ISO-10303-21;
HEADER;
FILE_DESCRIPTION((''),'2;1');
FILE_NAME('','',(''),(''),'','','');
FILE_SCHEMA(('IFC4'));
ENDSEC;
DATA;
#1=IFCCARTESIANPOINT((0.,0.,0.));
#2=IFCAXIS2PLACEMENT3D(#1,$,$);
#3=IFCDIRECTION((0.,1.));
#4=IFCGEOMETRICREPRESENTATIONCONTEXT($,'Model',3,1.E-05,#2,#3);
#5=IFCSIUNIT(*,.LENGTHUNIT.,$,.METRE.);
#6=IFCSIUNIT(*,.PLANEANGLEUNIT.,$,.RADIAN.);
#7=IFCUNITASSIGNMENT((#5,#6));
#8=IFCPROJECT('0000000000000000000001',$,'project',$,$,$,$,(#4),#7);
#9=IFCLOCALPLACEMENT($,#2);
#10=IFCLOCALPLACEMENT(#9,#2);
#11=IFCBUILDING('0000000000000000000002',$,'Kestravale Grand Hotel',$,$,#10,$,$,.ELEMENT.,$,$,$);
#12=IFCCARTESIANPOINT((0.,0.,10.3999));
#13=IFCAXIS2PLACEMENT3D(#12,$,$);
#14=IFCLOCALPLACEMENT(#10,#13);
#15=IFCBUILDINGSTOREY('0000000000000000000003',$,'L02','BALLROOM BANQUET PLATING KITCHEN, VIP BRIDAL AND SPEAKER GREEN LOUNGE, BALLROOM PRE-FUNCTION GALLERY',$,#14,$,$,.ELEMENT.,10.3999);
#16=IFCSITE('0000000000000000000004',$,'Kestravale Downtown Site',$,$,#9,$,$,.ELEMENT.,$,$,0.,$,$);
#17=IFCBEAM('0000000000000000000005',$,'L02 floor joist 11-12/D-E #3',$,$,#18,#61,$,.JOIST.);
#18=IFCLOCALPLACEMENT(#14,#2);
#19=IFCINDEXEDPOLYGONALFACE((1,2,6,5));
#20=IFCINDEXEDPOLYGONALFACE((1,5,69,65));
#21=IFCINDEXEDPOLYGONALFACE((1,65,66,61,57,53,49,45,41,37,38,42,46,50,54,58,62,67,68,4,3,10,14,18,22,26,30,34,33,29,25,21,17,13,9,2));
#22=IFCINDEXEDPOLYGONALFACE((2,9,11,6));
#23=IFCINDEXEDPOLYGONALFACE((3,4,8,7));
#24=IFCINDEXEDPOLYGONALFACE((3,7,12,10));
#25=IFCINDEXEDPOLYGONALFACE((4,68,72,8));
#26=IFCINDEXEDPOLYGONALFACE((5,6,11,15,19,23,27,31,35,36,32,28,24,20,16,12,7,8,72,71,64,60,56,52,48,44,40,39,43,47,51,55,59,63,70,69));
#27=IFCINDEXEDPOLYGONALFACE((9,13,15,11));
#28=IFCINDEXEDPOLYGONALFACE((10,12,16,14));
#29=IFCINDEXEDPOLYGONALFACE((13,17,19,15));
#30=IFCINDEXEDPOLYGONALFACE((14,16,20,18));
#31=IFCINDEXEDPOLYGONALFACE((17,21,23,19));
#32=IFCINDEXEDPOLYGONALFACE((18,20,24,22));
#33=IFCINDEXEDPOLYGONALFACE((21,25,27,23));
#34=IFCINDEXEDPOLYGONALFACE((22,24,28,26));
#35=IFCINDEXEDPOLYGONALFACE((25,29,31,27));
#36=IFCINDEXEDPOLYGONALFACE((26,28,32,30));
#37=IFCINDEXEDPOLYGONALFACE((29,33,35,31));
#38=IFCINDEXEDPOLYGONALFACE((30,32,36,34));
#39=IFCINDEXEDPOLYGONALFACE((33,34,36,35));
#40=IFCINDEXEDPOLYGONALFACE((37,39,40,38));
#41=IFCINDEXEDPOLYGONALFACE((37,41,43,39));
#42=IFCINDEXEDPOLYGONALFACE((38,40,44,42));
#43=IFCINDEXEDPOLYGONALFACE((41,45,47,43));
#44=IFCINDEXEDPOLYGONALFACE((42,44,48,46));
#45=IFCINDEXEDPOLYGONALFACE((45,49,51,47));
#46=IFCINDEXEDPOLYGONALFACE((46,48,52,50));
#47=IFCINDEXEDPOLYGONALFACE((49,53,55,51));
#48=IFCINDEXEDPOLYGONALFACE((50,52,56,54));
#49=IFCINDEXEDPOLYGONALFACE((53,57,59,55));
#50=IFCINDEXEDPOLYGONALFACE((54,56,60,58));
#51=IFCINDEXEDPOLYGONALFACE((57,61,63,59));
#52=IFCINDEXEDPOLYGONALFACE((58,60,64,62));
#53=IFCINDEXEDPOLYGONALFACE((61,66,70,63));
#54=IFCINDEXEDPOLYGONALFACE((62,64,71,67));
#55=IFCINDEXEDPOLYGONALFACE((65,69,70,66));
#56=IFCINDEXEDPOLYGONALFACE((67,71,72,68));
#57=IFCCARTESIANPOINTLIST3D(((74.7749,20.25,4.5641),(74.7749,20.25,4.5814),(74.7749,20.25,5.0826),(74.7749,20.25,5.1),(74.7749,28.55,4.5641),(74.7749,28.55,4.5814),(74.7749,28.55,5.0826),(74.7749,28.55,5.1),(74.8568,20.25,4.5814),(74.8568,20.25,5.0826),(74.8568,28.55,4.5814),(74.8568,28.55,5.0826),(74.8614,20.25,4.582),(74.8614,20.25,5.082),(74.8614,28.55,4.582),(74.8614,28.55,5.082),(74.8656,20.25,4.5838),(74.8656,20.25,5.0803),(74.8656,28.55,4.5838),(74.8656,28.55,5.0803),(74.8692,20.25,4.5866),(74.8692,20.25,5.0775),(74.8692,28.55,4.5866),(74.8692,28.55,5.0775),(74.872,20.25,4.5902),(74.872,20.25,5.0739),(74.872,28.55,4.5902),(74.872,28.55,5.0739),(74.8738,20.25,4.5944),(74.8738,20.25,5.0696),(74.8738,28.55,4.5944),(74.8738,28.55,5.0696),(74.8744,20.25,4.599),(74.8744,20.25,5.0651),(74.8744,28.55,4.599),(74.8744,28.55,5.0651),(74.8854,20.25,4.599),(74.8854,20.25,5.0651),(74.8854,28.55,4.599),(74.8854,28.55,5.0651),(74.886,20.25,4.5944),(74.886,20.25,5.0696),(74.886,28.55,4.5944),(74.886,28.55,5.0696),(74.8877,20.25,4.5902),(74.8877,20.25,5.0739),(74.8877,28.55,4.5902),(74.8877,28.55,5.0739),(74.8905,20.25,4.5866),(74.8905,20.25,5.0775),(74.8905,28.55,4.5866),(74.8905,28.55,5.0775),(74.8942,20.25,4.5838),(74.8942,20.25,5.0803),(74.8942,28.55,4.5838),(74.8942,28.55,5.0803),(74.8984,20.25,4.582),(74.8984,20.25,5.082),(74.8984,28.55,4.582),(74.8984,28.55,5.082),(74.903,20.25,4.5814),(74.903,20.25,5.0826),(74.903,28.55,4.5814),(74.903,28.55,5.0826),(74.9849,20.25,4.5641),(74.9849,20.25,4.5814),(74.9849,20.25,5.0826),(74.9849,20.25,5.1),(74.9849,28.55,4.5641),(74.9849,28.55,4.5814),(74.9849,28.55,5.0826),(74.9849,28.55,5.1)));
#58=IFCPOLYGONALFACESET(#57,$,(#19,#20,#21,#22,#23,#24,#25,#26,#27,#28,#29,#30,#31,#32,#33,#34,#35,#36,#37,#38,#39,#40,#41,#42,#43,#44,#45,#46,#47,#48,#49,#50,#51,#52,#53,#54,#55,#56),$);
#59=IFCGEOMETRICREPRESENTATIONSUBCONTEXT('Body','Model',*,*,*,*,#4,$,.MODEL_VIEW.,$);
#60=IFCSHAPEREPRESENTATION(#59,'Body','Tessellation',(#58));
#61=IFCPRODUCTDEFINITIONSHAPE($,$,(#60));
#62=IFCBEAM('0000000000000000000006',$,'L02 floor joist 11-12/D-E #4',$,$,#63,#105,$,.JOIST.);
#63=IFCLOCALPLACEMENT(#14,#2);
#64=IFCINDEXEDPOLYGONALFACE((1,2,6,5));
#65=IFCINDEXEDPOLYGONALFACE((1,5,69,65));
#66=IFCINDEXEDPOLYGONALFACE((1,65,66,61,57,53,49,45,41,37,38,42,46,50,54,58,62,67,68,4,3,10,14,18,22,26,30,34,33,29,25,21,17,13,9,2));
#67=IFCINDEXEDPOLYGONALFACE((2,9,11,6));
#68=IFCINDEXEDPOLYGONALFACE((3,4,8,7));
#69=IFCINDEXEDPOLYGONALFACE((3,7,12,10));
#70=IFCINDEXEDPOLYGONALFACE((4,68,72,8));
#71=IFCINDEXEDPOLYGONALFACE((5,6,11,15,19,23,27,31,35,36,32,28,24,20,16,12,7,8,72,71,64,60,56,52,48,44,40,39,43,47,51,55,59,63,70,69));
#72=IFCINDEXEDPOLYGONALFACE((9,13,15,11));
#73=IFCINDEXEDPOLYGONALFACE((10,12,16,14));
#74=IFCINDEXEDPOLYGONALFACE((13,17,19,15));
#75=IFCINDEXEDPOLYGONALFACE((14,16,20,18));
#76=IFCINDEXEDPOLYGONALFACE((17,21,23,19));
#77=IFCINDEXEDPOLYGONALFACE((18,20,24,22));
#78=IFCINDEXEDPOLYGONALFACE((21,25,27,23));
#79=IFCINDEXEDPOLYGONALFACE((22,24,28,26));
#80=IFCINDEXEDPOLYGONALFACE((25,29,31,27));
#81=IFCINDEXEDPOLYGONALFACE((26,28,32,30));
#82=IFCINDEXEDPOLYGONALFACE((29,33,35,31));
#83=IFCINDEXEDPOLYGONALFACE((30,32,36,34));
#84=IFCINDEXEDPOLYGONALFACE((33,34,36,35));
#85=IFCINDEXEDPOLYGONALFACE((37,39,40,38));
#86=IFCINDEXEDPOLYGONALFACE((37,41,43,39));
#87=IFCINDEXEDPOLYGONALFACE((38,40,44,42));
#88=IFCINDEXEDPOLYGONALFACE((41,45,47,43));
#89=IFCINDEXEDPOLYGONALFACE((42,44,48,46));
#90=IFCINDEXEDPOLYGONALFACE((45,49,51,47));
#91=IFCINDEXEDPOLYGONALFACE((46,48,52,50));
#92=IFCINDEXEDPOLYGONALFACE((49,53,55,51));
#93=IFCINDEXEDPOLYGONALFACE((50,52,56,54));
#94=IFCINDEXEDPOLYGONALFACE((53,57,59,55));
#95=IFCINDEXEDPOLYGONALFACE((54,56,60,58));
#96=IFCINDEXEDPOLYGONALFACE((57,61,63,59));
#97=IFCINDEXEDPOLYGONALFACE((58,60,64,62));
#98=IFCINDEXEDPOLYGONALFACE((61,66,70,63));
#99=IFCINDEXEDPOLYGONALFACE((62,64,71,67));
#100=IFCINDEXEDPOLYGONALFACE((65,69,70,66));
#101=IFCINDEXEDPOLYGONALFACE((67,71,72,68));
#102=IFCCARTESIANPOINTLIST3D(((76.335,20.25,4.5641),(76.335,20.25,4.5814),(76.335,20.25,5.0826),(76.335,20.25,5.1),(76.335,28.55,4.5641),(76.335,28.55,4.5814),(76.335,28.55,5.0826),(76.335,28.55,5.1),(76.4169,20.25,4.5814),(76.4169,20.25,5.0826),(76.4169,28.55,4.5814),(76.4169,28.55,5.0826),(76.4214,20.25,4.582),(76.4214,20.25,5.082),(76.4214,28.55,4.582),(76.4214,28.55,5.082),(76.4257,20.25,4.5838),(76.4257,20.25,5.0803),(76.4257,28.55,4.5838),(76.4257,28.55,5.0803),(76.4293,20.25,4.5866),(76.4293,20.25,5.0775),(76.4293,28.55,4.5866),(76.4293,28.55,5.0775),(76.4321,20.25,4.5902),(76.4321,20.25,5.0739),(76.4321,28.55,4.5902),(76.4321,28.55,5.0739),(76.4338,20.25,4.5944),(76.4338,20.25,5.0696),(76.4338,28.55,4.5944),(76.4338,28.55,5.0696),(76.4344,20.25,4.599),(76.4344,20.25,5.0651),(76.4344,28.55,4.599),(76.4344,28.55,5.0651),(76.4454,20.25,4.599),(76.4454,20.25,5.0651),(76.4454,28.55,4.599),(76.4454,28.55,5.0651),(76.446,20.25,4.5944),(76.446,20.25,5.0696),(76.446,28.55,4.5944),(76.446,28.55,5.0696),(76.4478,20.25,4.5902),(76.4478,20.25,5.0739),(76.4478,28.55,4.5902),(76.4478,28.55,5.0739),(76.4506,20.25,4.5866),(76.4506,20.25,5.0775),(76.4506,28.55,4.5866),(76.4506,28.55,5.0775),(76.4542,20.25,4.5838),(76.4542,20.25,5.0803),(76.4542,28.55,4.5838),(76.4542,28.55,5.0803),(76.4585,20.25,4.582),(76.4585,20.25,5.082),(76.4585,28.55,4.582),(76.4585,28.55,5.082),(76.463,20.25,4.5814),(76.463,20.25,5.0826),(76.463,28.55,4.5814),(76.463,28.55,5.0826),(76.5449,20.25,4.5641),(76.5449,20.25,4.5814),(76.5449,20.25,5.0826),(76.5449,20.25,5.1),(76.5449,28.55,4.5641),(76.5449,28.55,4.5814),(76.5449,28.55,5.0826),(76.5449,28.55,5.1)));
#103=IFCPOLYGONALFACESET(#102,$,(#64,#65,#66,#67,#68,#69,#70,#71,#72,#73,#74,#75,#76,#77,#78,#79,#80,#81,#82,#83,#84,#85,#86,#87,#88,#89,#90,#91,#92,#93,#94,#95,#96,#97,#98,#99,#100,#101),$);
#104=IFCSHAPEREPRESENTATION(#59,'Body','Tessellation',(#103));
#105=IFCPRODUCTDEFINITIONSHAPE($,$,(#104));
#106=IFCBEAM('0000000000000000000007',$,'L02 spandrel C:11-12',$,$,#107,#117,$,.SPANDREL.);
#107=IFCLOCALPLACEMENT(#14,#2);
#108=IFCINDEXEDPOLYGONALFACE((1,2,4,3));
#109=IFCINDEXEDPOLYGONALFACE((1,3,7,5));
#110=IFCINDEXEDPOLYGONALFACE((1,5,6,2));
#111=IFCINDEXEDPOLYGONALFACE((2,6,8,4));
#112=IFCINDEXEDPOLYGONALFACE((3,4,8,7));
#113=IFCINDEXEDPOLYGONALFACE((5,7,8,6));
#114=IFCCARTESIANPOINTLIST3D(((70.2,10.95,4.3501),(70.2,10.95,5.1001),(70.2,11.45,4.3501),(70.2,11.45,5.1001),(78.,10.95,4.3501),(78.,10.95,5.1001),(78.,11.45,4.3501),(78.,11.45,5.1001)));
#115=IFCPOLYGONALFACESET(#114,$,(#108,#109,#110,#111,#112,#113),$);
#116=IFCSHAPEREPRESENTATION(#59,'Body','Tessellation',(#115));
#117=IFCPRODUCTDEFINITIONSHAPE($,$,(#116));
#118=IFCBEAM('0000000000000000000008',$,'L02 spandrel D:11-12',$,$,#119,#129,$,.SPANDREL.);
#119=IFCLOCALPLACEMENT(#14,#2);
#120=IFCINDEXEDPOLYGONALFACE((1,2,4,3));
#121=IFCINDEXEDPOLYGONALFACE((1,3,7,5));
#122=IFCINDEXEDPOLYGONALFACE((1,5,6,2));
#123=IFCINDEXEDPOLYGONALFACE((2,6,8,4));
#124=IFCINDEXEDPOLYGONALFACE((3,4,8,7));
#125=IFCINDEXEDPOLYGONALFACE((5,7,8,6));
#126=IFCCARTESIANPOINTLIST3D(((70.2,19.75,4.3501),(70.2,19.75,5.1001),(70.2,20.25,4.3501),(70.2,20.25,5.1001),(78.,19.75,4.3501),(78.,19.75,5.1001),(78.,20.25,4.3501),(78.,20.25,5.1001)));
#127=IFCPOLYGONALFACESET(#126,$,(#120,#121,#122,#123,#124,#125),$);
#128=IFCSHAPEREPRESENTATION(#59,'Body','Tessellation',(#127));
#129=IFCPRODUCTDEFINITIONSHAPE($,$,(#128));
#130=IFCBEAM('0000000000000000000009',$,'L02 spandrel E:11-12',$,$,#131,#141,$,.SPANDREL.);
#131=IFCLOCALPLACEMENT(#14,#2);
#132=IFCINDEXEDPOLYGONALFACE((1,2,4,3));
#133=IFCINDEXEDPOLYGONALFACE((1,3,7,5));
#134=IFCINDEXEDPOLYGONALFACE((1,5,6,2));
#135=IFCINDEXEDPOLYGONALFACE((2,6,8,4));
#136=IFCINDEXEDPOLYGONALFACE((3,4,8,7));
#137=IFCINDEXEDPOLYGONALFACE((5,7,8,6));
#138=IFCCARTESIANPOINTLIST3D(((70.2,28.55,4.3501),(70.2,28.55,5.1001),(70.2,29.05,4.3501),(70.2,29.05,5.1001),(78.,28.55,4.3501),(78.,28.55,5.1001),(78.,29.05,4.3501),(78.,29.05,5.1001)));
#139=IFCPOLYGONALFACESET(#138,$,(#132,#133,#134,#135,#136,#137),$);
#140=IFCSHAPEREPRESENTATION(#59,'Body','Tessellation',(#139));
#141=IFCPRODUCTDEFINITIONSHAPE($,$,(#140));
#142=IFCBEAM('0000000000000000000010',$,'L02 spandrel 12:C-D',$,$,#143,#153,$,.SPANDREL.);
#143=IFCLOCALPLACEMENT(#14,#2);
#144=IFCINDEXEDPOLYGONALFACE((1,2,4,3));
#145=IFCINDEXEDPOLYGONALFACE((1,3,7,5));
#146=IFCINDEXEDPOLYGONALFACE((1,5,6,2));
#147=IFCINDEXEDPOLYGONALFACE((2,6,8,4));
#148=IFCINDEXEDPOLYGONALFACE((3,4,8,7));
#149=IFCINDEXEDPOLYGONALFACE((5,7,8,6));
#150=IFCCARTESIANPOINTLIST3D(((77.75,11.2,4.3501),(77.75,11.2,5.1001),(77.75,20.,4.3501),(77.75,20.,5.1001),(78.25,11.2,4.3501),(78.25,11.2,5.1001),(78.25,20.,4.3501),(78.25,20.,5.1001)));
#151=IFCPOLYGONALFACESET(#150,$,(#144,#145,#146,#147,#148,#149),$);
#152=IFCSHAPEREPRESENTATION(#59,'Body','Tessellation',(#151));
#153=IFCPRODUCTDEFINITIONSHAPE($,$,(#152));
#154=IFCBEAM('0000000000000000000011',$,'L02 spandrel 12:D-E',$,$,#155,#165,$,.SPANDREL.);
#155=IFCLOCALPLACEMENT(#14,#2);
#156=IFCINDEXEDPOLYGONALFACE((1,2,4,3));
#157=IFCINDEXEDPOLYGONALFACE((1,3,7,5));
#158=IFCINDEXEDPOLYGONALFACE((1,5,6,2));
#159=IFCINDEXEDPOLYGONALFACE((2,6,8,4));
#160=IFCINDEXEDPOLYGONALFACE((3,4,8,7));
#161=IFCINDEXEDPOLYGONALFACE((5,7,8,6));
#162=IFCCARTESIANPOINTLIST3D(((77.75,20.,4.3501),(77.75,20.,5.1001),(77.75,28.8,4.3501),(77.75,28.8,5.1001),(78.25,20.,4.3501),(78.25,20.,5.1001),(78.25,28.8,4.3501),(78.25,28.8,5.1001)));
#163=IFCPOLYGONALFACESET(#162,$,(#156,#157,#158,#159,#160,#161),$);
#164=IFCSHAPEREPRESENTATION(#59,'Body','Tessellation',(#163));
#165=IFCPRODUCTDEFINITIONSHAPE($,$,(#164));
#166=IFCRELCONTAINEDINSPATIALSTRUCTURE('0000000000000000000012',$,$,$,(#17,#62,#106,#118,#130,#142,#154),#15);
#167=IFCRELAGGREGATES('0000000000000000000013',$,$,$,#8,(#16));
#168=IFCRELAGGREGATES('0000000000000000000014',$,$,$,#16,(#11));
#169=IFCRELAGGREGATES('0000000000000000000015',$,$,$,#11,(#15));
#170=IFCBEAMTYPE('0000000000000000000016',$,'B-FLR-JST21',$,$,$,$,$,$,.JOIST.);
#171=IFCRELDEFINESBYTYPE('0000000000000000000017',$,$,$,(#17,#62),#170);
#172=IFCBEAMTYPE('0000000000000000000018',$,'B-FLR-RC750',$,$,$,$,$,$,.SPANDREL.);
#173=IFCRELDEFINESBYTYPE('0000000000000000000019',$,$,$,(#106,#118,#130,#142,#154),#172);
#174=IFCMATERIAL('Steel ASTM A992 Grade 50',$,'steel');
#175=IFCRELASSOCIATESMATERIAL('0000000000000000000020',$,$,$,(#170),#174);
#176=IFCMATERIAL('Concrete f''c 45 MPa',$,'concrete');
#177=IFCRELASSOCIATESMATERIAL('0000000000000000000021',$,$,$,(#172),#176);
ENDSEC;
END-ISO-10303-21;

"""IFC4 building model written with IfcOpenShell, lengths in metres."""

from ifc_helpers import new_model, si_unit, direction, frame, origin, origin_2d, place, context, subcontext, project, spatial, rectangle, i_section, extrude, material, material_profile, profile_set, type_object, element, save


model = new_model("IFC4")

# Units and contexts
model_context = context("Model", 3, precision=1e-05, world=origin(), true_north=direction((0.0, 1.0)))
body_context = subcontext(model_context, "Body", "Model", "MODEL_VIEW")
ifc_project = project(units=[si_unit("LENGTHUNIT", "METRE"), si_unit("PLANEANGLEUNIT", "RADIAN")], contexts=[model_context])

# Site, building, storey
site_placement = place(None, origin())
site = spatial("IfcSite", under=ifc_project, at=site_placement, Name="Kestravale Downtown Site", CompositionType="ELEMENT", RefElevation=0.0)
building_placement = place(site_placement, origin())
building = spatial("IfcBuilding", under=site, at=building_placement, Name="Kestravale Grand Hotel", CompositionType="ELEMENT")
storey_placement = place(building_placement, frame((0.0, 0.0, 10.3999)))
storey = spatial("IfcBuildingStorey", under=building, at=storey_placement, Name="L02", Description="BALLROOM BANQUET PLATING KITCHEN, VIP BRIDAL AND SPEAKER GREEN LOUNGE, BALLROOM PRE-FUNCTION GALLERY", CompositionType="ELEMENT", Elevation=10.3999)

# Beams
ifc_material_1 = material(Name="Steel ASTM A992 Grade 50", Category="steel")
ifc_material_profile_1 = material_profile(ifc_material_1, i_section(OverallWidth=0.21, OverallDepth=0.5359, WebThickness=0.011, FlangeThickness=0.0173, FilletRadius=0.0176, at=origin_2d()))
ifc_profile_set_1 = profile_set([ifc_material_profile_1], Name="Steel ASTM A992 Grade 50")
beam_type_1 = type_object("IfcBeamType", Name="B-FLR-JST21", PredefinedType="JOIST", material=ifc_profile_set_1)
for number, where, z_axis, x_axis, name in (
    (1, (74.8799, 20.25, 4.832), (0.0, 1.0, 0.0), (-1.0, 0.0, 0.0), "L02 floor joist 11-12/D-E #3"),
    (2, (76.4399, 20.25, 4.832), (0.0, 1.0, 0.0), (-1.0, 0.0, 0.0), "L02 floor joist 11-12/D-E #4"),
):
    element("IfcBeam", number, at=place(storey_placement, frame(where, z_axis=z_axis, x_axis=x_axis)), inside=storey, type_object=beam_type_1, Name=name, PredefinedType="JOIST", context=body_context, shape_type="SweptSolid", body=[
        extrude(i_section(OverallWidth=0.21, OverallDepth=0.5359, WebThickness=0.011, FlangeThickness=0.0173, FilletRadius=0.0176, at=origin_2d()), origin(), (0.0, 0.0, 1.0), 8.3),
    ])
ifc_material_2 = material(Name="Concrete f'c 45 MPa", Category="concrete")
ifc_material_profile_2 = material_profile(ifc_material_2, rectangle(XDim=0.5, YDim=0.75, at=origin_2d()))
ifc_profile_set_2 = profile_set([ifc_material_profile_2], Name="Concrete f'c 45 MPa")
beam_type_2 = type_object("IfcBeamType", Name="B-FLR-RC750", PredefinedType="SPANDREL", material=ifc_profile_set_2)
for number, where, z_axis, x_axis, name in (
    (3, (70.2, 11.2, 4.7251), (1.0, 0.0, 0.0), (0.0, 1.0, 0.0), "L02 spandrel C:11-12"),
    (4, (70.2, 20.0, 4.7251), (1.0, 0.0, 0.0), (0.0, 1.0, 0.0), "L02 spandrel D:11-12"),
    (5, (70.2, 28.8, 4.7251), (1.0, 0.0, 0.0), (0.0, 1.0, 0.0), "L02 spandrel E:11-12"),
):
    element("IfcBeam", number, at=place(storey_placement, frame(where, z_axis=z_axis, x_axis=x_axis)), inside=storey, type_object=beam_type_2, Name=name, PredefinedType="SPANDREL", context=body_context, shape_type="SweptSolid", body=[
        extrude(rectangle(XDim=0.5, YDim=0.75, at=origin_2d()), origin(), (0.0, 0.0, 1.0), 7.8),
    ])
for number, where, z_axis, x_axis, name in (
    (6, (78.0, 11.2, 4.7251), (0.0, 1.0, 0.0), (-1.0, 0.0, 0.0), "L02 spandrel 12:C-D"),
    (7, (78.0, 20.0, 4.7251), (0.0, 1.0, 0.0), (-1.0, 0.0, 0.0), "L02 spandrel 12:D-E"),
):
    element("IfcBeam", number, at=place(storey_placement, frame(where, z_axis=z_axis, x_axis=x_axis)), inside=storey, type_object=beam_type_2, Name=name, PredefinedType="SPANDREL", context=body_context, shape_type="SweptSolid", body=[
        extrude(rectangle(XDim=0.5, YDim=0.75, at=origin_2d()), origin(), (0.0, 0.0, 1.0), 8.8),
    ])

save(model, "model.ifc")
